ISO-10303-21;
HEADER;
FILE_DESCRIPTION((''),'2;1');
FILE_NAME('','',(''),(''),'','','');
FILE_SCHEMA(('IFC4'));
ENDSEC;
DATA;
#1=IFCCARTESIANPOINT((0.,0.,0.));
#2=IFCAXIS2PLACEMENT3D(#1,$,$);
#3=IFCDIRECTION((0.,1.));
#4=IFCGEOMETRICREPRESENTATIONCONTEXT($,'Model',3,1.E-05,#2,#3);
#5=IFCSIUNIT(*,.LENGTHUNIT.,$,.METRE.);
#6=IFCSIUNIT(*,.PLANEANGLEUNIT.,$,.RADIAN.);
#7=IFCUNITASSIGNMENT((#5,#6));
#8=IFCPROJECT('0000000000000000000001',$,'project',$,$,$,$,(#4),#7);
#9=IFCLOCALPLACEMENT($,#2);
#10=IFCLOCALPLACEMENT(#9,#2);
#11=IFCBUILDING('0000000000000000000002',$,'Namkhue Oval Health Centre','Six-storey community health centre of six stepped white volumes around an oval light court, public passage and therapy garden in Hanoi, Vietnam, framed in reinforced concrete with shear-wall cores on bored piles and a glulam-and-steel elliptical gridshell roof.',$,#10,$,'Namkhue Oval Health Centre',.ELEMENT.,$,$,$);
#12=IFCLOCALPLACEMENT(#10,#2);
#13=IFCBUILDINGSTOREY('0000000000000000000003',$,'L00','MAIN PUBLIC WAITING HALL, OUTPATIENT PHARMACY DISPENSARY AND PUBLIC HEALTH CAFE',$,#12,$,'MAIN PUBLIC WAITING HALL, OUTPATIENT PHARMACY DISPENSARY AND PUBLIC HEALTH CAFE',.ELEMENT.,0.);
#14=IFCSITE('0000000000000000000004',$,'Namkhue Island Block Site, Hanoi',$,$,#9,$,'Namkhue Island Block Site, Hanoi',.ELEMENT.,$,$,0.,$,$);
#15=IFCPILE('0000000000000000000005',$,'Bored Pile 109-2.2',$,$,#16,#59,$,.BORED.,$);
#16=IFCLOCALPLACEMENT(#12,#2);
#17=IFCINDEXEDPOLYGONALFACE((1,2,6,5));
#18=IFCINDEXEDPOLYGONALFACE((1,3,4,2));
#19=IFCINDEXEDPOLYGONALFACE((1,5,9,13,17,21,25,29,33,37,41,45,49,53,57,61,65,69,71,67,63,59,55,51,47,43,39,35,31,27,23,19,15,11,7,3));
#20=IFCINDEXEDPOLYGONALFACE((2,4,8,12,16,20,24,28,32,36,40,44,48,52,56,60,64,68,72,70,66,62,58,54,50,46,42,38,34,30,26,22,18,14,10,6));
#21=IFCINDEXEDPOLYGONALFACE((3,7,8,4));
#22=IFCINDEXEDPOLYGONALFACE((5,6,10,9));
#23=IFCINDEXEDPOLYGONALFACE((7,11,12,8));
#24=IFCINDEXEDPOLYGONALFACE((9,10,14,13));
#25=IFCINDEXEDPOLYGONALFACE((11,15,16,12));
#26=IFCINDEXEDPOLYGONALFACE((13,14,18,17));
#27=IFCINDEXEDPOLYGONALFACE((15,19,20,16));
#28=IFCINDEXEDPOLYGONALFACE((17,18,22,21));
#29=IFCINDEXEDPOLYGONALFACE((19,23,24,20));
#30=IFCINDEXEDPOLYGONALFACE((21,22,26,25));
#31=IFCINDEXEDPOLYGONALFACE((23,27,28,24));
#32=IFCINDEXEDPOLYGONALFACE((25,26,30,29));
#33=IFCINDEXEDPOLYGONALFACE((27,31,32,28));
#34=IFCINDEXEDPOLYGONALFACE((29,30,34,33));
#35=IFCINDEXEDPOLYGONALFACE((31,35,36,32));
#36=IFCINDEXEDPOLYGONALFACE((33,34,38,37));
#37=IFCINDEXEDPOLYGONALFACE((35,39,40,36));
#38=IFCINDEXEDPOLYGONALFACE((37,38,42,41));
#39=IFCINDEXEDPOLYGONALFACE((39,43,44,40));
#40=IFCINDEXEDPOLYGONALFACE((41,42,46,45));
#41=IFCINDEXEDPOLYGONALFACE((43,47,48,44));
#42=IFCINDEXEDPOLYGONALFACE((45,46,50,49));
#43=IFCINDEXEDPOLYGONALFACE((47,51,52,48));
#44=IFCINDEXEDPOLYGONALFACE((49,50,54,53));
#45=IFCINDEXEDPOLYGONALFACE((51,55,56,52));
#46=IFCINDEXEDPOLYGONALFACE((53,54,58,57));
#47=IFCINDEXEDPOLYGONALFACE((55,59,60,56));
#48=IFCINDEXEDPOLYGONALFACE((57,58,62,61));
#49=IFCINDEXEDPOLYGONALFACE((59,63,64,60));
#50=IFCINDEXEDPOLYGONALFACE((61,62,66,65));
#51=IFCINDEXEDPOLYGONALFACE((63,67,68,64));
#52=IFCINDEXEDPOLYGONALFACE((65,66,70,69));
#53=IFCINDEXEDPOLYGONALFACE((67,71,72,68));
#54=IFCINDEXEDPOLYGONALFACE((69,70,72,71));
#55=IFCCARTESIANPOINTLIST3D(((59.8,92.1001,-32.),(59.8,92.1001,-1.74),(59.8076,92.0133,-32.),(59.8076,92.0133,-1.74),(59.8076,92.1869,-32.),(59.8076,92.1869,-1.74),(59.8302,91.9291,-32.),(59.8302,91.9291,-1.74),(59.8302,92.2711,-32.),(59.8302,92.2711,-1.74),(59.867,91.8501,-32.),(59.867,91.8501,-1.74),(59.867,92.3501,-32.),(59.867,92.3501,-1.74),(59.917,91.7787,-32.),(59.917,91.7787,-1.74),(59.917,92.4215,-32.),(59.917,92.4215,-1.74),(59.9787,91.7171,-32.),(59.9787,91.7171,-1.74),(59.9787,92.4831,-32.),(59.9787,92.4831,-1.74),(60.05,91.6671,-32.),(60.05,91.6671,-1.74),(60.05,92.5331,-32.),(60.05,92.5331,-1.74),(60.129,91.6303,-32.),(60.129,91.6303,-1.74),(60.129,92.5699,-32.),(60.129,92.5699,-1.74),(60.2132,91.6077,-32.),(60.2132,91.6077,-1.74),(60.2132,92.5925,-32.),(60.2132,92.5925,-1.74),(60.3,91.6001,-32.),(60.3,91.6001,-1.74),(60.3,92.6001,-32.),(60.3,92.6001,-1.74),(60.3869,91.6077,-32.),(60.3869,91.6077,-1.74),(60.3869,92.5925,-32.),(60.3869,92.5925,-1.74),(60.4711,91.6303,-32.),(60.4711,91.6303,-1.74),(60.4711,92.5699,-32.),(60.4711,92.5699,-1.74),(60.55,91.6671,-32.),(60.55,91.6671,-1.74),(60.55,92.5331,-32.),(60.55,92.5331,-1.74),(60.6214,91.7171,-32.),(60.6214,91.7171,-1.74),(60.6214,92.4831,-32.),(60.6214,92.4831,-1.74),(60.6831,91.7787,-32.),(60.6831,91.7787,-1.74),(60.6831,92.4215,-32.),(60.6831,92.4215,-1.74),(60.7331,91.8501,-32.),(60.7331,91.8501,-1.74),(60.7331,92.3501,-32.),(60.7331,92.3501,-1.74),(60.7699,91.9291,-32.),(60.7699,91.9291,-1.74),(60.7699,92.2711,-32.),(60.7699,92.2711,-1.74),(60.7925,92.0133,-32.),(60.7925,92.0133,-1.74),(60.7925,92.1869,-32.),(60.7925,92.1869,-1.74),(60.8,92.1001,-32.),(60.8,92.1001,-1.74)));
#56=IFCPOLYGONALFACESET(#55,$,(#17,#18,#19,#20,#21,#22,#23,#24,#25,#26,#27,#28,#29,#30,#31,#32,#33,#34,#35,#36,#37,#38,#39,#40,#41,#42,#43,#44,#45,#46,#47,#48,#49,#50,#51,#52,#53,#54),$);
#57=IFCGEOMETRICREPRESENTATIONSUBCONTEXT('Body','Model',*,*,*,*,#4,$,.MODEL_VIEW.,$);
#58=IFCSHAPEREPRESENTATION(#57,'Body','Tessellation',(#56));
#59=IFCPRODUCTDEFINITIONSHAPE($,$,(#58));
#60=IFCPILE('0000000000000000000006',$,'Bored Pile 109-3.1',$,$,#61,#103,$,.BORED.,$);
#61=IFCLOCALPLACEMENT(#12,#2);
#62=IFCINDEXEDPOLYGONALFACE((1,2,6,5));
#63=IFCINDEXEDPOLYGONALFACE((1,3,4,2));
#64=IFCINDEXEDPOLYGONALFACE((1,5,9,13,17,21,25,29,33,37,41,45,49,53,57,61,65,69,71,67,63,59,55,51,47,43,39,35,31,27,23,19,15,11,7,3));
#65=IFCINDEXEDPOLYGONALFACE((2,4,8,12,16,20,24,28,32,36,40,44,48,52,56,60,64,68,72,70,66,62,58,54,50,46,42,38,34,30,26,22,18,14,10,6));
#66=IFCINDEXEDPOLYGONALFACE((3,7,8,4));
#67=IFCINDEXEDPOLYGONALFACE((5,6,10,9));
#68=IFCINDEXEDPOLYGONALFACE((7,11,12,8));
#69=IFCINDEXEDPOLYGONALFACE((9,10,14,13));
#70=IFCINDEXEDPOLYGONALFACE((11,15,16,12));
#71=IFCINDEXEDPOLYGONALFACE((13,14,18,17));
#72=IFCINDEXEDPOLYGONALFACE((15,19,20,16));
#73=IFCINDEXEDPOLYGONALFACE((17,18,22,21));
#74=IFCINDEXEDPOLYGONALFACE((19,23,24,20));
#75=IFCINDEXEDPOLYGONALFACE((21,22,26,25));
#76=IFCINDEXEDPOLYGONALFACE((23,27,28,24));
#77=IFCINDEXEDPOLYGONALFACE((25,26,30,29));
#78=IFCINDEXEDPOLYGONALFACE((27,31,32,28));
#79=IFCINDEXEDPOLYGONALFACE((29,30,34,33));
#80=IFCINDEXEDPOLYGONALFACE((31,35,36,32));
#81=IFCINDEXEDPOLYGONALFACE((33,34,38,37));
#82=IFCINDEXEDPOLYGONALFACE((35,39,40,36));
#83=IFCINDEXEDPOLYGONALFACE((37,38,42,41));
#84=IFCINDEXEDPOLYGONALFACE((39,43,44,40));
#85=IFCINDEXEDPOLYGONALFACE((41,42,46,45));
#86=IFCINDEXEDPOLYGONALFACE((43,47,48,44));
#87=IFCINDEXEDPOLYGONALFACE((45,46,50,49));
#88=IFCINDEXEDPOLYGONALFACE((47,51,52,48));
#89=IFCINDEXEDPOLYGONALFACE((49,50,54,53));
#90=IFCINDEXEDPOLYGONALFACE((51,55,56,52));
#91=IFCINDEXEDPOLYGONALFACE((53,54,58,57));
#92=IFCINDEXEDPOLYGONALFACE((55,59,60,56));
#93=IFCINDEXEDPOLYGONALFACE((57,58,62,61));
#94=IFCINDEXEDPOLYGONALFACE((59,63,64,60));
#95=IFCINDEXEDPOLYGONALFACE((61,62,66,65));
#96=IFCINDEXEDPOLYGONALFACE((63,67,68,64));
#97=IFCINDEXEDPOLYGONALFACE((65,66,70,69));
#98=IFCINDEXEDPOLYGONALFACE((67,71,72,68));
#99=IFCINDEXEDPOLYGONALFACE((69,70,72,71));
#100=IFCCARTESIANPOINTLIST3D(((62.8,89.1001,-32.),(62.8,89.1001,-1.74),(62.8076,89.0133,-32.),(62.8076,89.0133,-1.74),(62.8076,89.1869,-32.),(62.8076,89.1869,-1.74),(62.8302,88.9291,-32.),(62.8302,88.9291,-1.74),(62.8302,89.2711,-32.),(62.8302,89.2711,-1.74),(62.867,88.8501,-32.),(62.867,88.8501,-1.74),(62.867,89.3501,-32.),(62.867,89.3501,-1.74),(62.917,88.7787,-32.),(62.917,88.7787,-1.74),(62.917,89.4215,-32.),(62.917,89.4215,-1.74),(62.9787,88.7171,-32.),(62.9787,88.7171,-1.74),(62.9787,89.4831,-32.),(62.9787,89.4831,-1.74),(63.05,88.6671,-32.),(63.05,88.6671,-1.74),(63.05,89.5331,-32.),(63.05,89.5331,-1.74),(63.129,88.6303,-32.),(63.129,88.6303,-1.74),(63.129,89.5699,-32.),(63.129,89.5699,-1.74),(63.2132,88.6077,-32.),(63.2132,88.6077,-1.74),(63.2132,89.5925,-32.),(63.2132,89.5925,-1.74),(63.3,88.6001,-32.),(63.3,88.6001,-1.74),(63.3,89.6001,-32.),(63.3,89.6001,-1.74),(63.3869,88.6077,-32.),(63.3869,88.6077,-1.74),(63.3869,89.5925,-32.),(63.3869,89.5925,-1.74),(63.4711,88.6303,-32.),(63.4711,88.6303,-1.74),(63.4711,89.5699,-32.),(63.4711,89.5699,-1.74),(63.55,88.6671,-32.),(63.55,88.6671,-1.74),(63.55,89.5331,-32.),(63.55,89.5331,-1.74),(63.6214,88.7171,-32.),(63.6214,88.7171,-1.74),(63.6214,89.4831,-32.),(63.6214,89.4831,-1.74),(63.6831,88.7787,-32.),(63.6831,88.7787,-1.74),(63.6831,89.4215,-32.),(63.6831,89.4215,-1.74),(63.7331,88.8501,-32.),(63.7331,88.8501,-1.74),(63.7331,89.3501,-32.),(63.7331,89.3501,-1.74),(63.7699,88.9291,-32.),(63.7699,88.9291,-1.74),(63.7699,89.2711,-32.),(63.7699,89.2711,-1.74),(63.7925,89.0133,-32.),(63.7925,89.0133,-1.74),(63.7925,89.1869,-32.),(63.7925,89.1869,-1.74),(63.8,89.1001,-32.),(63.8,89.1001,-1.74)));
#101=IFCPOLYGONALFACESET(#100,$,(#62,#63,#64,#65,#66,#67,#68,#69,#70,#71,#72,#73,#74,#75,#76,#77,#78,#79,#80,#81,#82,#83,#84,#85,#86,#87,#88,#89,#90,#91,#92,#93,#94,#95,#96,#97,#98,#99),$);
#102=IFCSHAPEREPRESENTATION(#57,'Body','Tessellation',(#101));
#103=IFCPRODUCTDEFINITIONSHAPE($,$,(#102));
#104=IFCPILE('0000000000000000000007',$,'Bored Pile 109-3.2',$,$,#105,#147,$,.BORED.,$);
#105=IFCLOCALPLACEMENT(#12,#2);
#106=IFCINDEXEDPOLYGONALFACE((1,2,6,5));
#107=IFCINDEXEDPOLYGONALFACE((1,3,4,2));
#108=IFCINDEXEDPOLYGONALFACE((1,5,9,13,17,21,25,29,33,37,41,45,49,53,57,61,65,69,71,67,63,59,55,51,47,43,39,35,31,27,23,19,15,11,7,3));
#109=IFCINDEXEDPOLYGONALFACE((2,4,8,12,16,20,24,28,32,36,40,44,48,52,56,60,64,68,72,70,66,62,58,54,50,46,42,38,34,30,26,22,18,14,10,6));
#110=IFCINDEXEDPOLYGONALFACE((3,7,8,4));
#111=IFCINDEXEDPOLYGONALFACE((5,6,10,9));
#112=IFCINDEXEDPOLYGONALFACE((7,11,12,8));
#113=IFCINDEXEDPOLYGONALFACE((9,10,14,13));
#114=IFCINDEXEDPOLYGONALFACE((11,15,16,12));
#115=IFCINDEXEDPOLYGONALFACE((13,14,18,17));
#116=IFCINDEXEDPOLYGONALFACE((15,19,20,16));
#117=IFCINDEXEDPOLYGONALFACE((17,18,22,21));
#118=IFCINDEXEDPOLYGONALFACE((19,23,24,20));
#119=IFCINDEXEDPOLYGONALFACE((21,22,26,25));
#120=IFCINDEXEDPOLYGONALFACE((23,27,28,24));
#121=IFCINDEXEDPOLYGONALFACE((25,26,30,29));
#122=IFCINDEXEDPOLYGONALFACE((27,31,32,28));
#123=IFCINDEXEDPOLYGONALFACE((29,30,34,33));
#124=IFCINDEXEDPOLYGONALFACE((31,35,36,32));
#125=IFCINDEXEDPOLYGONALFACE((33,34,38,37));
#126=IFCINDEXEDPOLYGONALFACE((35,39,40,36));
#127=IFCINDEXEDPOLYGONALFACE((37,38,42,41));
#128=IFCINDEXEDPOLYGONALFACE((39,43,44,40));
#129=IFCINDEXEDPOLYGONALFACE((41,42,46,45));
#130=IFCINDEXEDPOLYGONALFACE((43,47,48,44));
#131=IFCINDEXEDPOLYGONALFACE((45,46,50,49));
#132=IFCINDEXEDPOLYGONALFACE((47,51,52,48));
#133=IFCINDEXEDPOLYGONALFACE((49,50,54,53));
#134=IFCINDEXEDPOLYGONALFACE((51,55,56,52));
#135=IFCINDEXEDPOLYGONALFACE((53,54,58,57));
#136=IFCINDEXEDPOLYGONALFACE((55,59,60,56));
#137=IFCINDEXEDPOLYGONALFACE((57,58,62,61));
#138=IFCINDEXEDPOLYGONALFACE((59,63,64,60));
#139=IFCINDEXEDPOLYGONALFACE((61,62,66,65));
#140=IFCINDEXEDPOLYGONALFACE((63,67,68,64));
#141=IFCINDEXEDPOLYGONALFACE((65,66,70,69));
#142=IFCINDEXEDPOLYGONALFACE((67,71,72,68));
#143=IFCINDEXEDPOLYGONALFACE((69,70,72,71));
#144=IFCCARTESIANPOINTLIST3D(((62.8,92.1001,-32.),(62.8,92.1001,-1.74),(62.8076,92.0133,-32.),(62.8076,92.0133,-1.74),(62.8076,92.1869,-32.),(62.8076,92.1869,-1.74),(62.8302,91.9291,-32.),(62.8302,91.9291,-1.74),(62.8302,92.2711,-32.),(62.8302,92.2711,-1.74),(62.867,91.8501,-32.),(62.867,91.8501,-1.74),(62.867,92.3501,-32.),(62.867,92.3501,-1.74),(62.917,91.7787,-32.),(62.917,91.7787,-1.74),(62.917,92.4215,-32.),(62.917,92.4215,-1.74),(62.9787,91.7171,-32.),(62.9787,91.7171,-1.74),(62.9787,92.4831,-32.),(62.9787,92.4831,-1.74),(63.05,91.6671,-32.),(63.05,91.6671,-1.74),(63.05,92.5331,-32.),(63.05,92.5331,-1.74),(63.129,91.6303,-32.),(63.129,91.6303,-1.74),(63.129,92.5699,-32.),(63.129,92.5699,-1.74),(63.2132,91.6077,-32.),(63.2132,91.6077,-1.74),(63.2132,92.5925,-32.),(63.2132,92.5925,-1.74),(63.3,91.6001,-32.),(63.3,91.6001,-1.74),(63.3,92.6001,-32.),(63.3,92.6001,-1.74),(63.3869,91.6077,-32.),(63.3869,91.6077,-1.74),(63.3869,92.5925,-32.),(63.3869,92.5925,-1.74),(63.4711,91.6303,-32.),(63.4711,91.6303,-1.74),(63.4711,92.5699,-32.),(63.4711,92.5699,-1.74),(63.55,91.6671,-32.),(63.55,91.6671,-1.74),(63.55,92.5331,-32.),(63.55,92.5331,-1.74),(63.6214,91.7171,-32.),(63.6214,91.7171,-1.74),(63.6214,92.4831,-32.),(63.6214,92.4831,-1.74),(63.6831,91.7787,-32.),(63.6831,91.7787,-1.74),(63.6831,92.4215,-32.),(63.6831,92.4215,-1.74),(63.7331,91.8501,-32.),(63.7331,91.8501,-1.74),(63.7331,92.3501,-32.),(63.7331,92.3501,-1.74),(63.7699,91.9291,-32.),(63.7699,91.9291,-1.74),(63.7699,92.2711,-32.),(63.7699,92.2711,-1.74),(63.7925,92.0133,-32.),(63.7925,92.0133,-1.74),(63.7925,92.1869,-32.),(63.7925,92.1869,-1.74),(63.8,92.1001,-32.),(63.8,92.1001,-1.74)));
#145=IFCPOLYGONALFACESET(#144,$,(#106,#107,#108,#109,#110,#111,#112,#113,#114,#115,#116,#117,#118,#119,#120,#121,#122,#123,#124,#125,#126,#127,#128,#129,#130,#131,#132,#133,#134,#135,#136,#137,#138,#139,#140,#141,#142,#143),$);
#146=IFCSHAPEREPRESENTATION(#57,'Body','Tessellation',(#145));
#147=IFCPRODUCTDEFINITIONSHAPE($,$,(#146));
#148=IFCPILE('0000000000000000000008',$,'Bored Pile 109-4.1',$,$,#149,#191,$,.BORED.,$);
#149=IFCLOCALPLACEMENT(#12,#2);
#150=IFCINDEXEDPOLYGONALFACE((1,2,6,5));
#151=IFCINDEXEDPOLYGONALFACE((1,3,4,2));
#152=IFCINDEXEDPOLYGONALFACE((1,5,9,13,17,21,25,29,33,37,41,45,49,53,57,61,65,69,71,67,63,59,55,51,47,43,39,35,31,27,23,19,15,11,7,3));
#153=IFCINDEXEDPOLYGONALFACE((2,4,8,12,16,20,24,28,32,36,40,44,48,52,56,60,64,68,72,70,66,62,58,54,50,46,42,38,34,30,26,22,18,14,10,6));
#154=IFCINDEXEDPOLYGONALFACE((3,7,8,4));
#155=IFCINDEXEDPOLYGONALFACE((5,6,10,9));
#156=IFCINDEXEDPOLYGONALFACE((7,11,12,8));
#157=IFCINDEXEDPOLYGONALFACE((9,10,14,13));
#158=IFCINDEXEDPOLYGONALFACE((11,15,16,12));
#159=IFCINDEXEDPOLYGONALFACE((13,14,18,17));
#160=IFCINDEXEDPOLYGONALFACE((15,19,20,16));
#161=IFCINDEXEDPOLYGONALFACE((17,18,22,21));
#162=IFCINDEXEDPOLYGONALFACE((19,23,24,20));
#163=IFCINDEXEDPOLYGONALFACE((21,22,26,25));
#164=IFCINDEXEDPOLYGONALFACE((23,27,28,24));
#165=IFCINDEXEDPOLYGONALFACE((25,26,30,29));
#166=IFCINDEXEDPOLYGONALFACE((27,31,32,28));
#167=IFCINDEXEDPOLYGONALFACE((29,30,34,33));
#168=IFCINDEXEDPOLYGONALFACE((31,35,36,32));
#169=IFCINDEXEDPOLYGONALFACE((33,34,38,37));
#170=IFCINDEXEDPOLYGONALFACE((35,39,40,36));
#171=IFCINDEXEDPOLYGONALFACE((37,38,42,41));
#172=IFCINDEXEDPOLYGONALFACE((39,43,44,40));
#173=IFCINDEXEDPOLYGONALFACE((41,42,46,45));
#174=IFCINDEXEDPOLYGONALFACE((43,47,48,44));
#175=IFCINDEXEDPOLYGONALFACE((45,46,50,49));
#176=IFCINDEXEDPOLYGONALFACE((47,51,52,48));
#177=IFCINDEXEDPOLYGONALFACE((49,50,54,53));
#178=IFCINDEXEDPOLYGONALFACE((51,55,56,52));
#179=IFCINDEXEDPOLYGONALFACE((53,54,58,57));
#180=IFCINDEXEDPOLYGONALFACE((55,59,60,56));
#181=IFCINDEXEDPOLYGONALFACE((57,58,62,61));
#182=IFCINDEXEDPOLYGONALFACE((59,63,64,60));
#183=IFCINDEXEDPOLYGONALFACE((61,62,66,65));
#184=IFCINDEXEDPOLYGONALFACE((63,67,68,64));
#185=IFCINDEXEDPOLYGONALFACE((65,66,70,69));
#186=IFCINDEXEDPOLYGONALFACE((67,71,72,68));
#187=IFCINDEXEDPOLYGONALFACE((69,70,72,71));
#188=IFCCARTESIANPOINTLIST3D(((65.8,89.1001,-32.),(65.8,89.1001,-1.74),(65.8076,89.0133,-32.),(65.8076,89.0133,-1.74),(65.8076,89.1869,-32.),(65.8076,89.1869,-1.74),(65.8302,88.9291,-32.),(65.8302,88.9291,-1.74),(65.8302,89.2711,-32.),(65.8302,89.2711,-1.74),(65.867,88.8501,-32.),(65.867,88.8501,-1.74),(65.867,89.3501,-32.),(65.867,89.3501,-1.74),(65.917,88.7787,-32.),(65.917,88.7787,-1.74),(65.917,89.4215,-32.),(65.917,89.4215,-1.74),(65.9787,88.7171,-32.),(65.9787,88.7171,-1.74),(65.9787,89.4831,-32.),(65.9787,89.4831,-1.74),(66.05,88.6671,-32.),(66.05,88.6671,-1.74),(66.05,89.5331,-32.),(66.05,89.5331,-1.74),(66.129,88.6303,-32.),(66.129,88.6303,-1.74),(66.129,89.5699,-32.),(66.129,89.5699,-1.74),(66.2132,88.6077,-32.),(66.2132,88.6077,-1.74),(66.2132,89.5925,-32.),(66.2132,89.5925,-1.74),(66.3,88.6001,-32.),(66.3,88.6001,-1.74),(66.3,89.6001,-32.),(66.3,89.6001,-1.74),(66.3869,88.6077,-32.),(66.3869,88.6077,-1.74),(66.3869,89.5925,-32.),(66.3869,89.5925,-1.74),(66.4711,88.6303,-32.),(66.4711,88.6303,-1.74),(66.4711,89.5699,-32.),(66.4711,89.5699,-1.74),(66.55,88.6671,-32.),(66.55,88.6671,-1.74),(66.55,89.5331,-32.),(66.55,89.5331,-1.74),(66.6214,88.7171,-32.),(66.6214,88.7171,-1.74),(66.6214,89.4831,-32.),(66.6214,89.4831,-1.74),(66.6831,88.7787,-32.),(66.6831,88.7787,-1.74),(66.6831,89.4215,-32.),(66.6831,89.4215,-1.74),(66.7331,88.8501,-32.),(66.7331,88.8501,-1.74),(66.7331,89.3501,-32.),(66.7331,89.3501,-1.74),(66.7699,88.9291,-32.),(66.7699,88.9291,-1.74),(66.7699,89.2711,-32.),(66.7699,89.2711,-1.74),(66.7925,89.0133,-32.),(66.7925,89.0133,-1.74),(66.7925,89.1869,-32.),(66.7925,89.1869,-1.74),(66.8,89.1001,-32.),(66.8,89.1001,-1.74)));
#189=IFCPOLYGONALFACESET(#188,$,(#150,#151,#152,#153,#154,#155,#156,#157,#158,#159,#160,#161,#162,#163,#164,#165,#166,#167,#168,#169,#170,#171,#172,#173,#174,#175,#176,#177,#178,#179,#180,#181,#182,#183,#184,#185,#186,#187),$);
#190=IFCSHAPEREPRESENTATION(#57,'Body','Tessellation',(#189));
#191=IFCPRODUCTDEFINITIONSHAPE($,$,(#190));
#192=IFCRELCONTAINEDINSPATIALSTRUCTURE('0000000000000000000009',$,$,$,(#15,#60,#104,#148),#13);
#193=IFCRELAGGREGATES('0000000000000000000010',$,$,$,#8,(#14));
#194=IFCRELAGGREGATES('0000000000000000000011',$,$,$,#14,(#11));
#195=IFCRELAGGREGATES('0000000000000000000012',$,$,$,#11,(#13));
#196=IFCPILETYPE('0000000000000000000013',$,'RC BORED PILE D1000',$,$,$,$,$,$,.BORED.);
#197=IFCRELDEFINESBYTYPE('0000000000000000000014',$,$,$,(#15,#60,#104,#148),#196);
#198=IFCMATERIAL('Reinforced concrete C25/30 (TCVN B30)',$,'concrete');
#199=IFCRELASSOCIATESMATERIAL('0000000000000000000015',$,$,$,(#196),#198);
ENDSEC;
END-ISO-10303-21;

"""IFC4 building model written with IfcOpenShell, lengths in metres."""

from ifc_helpers import new_model, si_unit, direction, frame, origin, origin_2d, place, context, subcontext, project, spatial, circle, extrude, material, material_profile, profile_set, type_object, element, save


model = new_model("IFC4")

# Units and contexts
model_context = context("Model", 3, precision=1e-05, world=origin(), true_north=direction((0.0, 1.0)))
body_context = subcontext(model_context, "Body", "Model", "MODEL_VIEW")
ifc_project = project(units=[si_unit("LENGTHUNIT", "METRE"), si_unit("PLANEANGLEUNIT", "RADIAN")], contexts=[model_context])

# Site, building, storey
site_placement = place(None, origin())
site = spatial("IfcSite", under=ifc_project, at=site_placement, Name="Namkhue Island Block Site, Hanoi", LongName="Namkhue Island Block Site, Hanoi", CompositionType="ELEMENT", RefElevation=0.0)
building_placement = place(site_placement, origin())
building = spatial("IfcBuilding", under=site, at=building_placement, Name="Namkhue Oval Health Centre", Description="Six-storey community health centre of six stepped white volumes around an oval light court, public passage and therapy garden in Hanoi, Vietnam, framed in reinforced concrete with shear-wall cores on bored piles and a glulam-and-steel elliptical gridshell roof.", LongName="Namkhue Oval Health Centre", CompositionType="ELEMENT")
storey_placement = place(building_placement, origin())
storey = spatial("IfcBuildingStorey", under=building, at=storey_placement, Name="L00", Description="MAIN PUBLIC WAITING HALL, OUTPATIENT PHARMACY DISPENSARY AND PUBLIC HEALTH CAFE", LongName="MAIN PUBLIC WAITING HALL, OUTPATIENT PHARMACY DISPENSARY AND PUBLIC HEALTH CAFE", CompositionType="ELEMENT", Elevation=0.0)

# Piles
ifc_material_1 = material(Name="Reinforced concrete C25/30 (TCVN B30)", Category="concrete")
ifc_material_profile_1 = material_profile(ifc_material_1, circle(Radius=0.5, at=origin_2d()), Name="BORED PILE D1000")
ifc_profile_set_1 = profile_set([ifc_material_profile_1], Name="Reinforced concrete C25/30 (TCVN B30)")
pile_type_1 = type_object("IfcPileType", Name="RC BORED PILE D1000", PredefinedType="BORED", material=ifc_profile_set_1)
for number, where, z_axis, x_axis, name in (
    (1, (60.3, 92.1001, -1.74), (0.0, 0.0, -1.0), (1.0, 0.0, 0.0), "Bored Pile 109-2.2"),
    (2, (63.3, 89.1001, -1.74), (0.0, 0.0, -1.0), (1.0, 0.0, 0.0), "Bored Pile 109-3.1"),
    (3, (63.3, 92.1001, -1.74), (0.0, 0.0, -1.0), (1.0, 0.0, 0.0), "Bored Pile 109-3.2"),
    (4, (66.3, 89.1001, -1.74), (0.0, 0.0, -1.0), (1.0, 0.0, 0.0), "Bored Pile 109-4.1"),
):
    element("IfcPile", number, at=place(storey_placement, frame(where, z_axis=z_axis, x_axis=x_axis)), inside=storey, type_object=pile_type_1, Name=name, PredefinedType="BORED", context=body_context, shape_type="SweptSolid", body=[
        extrude(circle(Radius=0.5, at=origin_2d()), origin(), (0.0, 0.0, 1.0), 30.26),
    ])

save(model, "model.ifc")
